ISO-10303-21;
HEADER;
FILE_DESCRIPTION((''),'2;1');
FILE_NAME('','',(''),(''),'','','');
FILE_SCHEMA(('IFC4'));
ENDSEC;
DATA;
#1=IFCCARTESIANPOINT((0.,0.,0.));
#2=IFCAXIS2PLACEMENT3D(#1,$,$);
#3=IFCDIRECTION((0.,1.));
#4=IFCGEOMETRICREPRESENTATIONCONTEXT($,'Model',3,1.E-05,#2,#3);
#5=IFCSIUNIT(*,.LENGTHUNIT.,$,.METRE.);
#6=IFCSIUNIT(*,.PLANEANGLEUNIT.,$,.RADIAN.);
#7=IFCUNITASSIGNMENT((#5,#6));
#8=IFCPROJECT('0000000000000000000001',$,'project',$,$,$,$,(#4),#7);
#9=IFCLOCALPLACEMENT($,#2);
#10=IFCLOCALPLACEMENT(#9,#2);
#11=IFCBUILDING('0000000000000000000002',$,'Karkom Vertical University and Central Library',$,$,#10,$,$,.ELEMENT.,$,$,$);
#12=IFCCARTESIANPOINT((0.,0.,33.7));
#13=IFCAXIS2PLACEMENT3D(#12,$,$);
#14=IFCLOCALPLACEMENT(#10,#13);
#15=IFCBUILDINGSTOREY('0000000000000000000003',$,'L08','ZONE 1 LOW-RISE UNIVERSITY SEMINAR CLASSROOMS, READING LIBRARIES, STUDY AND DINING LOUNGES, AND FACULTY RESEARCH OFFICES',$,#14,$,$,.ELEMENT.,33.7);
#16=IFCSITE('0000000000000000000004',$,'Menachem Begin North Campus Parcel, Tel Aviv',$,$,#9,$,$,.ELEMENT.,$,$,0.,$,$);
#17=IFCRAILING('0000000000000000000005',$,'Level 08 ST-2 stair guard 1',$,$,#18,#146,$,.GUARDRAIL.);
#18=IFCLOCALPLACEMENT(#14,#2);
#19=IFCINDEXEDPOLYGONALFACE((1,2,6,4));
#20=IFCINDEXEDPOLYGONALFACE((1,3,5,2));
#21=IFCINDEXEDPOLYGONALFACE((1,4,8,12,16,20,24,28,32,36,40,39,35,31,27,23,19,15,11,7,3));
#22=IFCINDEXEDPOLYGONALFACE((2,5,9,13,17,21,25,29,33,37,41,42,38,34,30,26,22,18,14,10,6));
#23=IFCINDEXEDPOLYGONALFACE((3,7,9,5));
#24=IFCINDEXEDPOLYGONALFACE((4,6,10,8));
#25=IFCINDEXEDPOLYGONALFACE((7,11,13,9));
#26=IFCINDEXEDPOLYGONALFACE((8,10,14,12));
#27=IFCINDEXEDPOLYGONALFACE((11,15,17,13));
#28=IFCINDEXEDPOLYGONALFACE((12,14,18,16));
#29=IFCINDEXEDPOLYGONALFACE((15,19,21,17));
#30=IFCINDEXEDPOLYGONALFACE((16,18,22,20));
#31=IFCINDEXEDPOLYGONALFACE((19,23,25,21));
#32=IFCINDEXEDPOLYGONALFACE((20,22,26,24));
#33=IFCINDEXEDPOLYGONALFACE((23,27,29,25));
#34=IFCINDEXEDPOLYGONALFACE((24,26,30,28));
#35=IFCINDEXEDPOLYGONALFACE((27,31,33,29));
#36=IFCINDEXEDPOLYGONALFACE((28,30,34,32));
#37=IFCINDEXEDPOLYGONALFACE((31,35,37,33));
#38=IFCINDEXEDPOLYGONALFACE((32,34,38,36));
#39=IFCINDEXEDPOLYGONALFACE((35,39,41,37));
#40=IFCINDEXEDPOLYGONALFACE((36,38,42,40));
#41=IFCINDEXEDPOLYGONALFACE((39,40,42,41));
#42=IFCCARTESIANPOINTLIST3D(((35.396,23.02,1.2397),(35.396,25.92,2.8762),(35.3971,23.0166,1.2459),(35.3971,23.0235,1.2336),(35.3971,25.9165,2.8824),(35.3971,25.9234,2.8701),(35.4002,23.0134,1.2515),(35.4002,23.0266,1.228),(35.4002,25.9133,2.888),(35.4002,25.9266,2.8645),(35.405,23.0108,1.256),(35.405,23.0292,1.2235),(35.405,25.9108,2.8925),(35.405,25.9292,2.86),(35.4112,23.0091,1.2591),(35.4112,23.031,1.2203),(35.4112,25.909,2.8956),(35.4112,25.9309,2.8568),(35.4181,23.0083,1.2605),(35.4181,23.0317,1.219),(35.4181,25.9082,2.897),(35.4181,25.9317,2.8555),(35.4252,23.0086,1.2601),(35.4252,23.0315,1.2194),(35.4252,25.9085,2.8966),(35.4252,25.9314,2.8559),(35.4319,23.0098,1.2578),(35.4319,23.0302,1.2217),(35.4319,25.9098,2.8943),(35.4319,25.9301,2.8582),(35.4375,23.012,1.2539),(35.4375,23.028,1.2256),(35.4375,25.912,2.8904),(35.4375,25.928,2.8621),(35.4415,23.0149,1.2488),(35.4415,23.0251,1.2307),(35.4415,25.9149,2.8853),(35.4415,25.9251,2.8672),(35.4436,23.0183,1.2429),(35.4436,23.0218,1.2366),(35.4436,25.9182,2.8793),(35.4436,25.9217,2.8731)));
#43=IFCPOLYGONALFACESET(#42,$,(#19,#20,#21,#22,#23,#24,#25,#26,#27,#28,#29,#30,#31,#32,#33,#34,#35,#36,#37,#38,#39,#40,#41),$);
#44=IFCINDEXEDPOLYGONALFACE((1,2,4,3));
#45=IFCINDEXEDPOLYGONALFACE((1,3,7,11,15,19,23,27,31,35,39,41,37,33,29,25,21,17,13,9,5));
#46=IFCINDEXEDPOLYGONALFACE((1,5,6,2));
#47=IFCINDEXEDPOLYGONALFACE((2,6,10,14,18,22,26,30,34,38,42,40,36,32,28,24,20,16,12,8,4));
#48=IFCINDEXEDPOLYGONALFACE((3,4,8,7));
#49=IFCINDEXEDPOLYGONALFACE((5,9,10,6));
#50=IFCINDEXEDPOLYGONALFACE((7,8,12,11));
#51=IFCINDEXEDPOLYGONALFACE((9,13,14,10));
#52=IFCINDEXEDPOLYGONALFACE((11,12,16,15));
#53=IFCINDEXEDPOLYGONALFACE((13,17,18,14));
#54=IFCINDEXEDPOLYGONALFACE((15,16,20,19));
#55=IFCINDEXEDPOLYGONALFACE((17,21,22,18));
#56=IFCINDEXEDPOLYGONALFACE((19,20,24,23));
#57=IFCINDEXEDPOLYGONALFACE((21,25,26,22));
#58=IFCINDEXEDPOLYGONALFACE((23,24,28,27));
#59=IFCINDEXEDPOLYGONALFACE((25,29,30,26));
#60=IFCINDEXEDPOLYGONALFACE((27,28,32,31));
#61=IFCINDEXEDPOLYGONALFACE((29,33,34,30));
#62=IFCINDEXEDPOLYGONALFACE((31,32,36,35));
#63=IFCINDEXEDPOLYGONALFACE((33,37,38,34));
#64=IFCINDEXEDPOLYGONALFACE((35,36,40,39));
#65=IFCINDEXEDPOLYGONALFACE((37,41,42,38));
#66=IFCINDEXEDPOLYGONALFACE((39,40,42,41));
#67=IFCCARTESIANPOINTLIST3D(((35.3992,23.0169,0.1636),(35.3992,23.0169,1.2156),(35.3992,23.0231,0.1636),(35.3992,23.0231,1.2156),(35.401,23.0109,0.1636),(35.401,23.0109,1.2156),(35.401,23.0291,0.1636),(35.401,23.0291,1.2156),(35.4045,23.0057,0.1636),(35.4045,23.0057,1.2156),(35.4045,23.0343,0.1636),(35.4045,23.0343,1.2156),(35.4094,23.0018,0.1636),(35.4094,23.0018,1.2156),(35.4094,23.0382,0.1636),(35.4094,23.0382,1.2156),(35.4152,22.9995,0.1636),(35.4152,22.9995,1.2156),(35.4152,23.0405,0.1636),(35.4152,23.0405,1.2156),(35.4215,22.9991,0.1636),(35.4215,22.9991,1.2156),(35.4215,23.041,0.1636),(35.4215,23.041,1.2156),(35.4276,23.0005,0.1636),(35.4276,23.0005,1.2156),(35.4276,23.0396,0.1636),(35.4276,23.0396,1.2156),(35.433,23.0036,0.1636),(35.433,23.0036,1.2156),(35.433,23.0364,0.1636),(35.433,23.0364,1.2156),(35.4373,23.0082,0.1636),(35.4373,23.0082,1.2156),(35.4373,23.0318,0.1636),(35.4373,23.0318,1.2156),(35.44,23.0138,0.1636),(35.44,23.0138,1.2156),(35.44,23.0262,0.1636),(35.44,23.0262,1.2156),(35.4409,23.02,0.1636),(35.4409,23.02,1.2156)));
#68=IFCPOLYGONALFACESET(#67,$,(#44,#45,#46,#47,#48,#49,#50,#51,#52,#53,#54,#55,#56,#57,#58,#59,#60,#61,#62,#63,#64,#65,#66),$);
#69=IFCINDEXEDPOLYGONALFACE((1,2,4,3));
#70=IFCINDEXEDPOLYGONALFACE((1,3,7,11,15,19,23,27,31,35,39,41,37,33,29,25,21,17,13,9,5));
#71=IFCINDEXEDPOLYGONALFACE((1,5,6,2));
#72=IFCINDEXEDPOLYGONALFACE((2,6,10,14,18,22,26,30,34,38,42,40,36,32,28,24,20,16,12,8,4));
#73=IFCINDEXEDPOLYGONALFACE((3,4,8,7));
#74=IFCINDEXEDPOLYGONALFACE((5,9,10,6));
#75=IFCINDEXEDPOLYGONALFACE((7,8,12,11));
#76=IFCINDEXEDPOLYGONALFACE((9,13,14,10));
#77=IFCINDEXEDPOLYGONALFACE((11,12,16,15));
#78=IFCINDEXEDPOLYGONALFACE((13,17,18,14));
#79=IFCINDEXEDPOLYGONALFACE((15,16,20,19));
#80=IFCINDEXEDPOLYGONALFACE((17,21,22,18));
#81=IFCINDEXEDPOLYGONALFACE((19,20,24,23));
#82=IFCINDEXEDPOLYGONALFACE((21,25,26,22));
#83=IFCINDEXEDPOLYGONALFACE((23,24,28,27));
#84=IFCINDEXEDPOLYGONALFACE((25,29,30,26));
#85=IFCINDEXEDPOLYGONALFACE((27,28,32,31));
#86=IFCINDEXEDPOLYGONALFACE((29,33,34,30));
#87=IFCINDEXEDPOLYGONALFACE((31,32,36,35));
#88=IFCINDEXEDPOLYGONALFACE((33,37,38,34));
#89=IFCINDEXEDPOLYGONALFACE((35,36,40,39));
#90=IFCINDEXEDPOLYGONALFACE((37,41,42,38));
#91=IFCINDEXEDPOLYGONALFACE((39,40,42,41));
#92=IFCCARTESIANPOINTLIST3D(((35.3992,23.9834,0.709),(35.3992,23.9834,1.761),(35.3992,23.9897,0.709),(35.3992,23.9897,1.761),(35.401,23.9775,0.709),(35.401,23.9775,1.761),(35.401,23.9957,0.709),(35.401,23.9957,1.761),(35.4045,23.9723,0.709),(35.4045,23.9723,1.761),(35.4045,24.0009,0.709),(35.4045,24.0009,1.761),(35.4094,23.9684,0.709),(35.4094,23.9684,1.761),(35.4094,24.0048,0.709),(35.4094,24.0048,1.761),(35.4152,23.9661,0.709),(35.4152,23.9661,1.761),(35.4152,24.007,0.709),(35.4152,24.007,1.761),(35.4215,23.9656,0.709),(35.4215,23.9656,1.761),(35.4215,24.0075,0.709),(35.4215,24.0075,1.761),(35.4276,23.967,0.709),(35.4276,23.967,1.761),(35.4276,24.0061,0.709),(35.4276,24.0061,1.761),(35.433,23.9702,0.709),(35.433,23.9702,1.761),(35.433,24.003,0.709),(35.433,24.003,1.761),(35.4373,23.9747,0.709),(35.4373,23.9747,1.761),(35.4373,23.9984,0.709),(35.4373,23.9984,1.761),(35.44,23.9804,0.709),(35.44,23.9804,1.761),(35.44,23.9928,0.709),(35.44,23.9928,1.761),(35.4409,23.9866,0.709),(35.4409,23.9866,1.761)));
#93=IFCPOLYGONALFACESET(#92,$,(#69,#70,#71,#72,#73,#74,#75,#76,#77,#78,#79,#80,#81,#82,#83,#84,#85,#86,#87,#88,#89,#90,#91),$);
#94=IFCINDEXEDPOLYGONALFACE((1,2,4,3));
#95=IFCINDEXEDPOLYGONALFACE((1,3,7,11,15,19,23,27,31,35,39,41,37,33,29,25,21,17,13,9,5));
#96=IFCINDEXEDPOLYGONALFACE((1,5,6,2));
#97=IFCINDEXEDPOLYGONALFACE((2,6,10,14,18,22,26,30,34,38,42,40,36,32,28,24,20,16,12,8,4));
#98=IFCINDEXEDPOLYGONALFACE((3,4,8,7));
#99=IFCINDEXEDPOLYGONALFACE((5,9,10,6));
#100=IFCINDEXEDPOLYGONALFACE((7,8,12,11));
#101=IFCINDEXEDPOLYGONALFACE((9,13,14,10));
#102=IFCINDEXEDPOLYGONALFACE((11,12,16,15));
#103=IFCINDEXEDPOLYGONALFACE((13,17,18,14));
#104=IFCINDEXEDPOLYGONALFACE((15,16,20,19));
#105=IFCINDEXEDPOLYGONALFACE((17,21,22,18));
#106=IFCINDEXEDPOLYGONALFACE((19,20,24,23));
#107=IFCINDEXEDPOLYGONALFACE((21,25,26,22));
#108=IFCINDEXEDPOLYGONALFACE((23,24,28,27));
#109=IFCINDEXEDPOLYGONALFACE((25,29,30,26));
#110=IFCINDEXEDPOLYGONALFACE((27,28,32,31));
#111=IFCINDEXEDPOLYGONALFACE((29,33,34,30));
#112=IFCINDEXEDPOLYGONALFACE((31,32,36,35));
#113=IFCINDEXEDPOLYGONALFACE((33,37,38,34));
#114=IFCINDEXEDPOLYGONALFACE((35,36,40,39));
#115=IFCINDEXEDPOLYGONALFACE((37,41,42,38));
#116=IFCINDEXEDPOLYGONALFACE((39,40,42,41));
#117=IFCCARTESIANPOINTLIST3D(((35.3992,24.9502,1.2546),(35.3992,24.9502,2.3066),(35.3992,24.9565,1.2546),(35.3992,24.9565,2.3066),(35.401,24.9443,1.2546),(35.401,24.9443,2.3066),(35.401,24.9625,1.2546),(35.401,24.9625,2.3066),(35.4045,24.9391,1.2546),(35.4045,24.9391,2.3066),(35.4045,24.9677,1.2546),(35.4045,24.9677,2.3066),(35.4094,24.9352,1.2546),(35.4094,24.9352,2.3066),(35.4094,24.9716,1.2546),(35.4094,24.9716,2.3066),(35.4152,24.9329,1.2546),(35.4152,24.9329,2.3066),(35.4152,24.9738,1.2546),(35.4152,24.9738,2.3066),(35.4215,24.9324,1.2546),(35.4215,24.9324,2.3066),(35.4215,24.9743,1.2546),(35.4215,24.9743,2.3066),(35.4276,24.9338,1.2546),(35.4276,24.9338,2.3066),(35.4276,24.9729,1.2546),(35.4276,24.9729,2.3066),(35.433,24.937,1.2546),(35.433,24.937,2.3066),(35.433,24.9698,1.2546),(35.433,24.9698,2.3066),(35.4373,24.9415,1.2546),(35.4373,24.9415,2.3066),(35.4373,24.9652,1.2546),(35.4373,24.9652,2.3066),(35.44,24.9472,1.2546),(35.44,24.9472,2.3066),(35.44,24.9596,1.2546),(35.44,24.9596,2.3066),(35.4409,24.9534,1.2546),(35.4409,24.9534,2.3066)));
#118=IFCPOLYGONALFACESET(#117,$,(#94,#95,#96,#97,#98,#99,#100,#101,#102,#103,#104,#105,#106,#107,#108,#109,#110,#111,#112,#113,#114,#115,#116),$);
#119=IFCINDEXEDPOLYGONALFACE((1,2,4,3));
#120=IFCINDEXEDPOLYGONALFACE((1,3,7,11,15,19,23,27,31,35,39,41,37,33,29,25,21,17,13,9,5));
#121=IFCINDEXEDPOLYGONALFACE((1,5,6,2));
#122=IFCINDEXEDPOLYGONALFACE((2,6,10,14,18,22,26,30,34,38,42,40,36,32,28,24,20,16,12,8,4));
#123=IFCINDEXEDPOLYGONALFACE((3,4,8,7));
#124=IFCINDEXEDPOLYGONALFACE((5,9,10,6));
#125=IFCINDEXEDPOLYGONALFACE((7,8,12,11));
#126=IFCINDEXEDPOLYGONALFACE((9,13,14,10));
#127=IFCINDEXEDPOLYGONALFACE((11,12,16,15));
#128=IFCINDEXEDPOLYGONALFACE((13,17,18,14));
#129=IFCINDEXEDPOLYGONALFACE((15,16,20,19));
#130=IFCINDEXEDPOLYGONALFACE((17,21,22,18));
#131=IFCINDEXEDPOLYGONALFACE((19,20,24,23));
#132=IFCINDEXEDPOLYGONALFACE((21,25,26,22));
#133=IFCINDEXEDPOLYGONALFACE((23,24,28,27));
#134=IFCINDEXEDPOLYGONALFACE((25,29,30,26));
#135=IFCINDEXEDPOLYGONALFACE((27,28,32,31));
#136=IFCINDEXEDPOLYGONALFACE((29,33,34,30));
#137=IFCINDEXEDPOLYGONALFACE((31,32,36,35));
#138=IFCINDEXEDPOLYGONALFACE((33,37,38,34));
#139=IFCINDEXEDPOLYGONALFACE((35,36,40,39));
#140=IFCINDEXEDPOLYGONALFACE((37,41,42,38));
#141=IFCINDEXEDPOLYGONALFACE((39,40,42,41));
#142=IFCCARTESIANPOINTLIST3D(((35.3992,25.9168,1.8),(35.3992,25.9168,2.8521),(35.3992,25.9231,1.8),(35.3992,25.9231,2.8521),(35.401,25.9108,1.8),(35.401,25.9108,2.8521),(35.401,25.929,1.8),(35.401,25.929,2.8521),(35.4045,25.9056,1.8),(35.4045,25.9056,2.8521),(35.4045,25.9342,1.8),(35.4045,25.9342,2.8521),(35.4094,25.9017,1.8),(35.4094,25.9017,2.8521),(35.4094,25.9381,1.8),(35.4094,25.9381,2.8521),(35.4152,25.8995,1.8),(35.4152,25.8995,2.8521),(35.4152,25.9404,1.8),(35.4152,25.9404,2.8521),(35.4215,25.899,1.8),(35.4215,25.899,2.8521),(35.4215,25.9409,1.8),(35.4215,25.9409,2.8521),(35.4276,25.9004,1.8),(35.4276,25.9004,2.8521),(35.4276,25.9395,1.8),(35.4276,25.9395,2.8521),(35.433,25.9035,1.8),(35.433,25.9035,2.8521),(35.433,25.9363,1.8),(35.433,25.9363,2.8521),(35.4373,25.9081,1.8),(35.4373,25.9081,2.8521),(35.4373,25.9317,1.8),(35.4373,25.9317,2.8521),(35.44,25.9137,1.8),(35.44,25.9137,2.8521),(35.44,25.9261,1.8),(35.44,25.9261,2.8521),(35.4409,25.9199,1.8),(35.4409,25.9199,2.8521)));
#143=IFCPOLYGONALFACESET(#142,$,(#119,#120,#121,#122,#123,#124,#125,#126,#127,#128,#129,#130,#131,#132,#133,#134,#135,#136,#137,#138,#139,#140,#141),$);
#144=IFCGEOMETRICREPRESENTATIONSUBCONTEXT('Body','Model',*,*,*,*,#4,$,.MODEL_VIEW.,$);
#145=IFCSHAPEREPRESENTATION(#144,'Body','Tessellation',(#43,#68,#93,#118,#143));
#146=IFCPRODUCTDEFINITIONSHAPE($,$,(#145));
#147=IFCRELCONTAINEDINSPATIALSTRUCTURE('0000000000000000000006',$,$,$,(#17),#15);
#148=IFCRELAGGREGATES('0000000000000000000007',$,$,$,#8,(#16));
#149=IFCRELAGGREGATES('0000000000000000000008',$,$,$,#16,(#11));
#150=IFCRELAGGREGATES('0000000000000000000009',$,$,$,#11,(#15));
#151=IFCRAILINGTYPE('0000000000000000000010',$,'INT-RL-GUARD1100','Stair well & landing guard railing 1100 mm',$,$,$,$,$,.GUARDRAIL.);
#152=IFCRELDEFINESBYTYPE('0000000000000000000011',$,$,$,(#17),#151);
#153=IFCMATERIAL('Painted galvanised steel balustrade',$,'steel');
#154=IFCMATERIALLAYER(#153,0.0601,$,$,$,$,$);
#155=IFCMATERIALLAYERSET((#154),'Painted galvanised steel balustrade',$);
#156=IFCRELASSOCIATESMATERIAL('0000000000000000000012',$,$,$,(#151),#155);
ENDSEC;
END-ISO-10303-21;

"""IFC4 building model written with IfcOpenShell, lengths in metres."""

from ifc_helpers import new_model, si_unit, direction, frame, origin, origin_2d, place, context, subcontext, project, spatial, circle, extrude, material, layer, layer_set, type_object, element, save


model = new_model("IFC4")

# Units and contexts
model_context = context("Model", 3, precision=1e-05, world=origin(), true_north=direction((0.0, 1.0)))
body_context = subcontext(model_context, "Body", "Model", "MODEL_VIEW")
ifc_project = project(units=[si_unit("LENGTHUNIT", "METRE"), si_unit("PLANEANGLEUNIT", "RADIAN")], contexts=[model_context])

# Site, building, storey
site_placement = place(None, origin())
site = spatial("IfcSite", under=ifc_project, at=site_placement, Name="Menachem Begin North Campus Parcel, Tel Aviv", CompositionType="ELEMENT", RefElevation=0.0)
building_placement = place(site_placement, origin())
building = spatial("IfcBuilding", under=site, at=building_placement, Name="Karkom Vertical University and Central Library", CompositionType="ELEMENT")
storey_placement = place(building_placement, frame((0.0, 0.0, 33.7)))
storey = spatial("IfcBuildingStorey", under=building, at=storey_placement, Name="L08", Description="ZONE 1 LOW-RISE UNIVERSITY SEMINAR CLASSROOMS, READING LIBRARIES, STUDY AND DINING LOUNGES, AND FACULTY RESEARCH OFFICES", CompositionType="ELEMENT", Elevation=33.7)

# Railing
ifc_material_1 = material(Name="Painted galvanised steel balustrade", Category="steel")
ifc_layer_1 = layer(ifc_material_1, 0.0601)
ifc_layer_set_1 = layer_set([ifc_layer_1], Name="Painted galvanised steel balustrade")
railing_type_1 = type_object("IfcRailingType", Name="INT-RL-GUARD1100", Description="Stair well & landing guard railing 1100 mm", PredefinedType="GUARDRAIL", material=ifc_layer_set_1)
railing_1_placement = place(storey_placement, frame((35.4199, 23.02, 0.1636)))
element("IfcRailing", 1, at=railing_1_placement, inside=storey, type_object=railing_type_1, Name="Level 08 ST-2 stair guard 1", PredefinedType="GUARDRAIL", context=body_context, shape_type="SweptSolid", body=[
    extrude(circle(Radius=0.0239, at=origin_2d()), frame((0.0, 0.0, 1.0762), z_axis=(0.0, 0.870897, 0.491465), x_axis=(-1.0, 0.0, 0.0)), (0.0, 0.0, 1.0), 3.3298),
    extrude(circle(Radius=0.021, at=origin_2d()), origin(), (0.0, 0.0, 1.0), 1.052),
    extrude(circle(Radius=0.021, at=origin_2d()), frame((0.0, 0.9666, 0.5454)), (0.0, 0.0, 1.0), 1.052),
    extrude(circle(Radius=0.021, at=origin_2d()), frame((0.0, 1.9333, 1.0911)), (0.0, 0.0, 1.0), 1.052),
    extrude(circle(Radius=0.021, at=origin_2d()), frame((0.0, 2.8999, 1.6365)), (0.0, 0.0, 1.0), 1.052),
])

save(model, "model.ifc")
